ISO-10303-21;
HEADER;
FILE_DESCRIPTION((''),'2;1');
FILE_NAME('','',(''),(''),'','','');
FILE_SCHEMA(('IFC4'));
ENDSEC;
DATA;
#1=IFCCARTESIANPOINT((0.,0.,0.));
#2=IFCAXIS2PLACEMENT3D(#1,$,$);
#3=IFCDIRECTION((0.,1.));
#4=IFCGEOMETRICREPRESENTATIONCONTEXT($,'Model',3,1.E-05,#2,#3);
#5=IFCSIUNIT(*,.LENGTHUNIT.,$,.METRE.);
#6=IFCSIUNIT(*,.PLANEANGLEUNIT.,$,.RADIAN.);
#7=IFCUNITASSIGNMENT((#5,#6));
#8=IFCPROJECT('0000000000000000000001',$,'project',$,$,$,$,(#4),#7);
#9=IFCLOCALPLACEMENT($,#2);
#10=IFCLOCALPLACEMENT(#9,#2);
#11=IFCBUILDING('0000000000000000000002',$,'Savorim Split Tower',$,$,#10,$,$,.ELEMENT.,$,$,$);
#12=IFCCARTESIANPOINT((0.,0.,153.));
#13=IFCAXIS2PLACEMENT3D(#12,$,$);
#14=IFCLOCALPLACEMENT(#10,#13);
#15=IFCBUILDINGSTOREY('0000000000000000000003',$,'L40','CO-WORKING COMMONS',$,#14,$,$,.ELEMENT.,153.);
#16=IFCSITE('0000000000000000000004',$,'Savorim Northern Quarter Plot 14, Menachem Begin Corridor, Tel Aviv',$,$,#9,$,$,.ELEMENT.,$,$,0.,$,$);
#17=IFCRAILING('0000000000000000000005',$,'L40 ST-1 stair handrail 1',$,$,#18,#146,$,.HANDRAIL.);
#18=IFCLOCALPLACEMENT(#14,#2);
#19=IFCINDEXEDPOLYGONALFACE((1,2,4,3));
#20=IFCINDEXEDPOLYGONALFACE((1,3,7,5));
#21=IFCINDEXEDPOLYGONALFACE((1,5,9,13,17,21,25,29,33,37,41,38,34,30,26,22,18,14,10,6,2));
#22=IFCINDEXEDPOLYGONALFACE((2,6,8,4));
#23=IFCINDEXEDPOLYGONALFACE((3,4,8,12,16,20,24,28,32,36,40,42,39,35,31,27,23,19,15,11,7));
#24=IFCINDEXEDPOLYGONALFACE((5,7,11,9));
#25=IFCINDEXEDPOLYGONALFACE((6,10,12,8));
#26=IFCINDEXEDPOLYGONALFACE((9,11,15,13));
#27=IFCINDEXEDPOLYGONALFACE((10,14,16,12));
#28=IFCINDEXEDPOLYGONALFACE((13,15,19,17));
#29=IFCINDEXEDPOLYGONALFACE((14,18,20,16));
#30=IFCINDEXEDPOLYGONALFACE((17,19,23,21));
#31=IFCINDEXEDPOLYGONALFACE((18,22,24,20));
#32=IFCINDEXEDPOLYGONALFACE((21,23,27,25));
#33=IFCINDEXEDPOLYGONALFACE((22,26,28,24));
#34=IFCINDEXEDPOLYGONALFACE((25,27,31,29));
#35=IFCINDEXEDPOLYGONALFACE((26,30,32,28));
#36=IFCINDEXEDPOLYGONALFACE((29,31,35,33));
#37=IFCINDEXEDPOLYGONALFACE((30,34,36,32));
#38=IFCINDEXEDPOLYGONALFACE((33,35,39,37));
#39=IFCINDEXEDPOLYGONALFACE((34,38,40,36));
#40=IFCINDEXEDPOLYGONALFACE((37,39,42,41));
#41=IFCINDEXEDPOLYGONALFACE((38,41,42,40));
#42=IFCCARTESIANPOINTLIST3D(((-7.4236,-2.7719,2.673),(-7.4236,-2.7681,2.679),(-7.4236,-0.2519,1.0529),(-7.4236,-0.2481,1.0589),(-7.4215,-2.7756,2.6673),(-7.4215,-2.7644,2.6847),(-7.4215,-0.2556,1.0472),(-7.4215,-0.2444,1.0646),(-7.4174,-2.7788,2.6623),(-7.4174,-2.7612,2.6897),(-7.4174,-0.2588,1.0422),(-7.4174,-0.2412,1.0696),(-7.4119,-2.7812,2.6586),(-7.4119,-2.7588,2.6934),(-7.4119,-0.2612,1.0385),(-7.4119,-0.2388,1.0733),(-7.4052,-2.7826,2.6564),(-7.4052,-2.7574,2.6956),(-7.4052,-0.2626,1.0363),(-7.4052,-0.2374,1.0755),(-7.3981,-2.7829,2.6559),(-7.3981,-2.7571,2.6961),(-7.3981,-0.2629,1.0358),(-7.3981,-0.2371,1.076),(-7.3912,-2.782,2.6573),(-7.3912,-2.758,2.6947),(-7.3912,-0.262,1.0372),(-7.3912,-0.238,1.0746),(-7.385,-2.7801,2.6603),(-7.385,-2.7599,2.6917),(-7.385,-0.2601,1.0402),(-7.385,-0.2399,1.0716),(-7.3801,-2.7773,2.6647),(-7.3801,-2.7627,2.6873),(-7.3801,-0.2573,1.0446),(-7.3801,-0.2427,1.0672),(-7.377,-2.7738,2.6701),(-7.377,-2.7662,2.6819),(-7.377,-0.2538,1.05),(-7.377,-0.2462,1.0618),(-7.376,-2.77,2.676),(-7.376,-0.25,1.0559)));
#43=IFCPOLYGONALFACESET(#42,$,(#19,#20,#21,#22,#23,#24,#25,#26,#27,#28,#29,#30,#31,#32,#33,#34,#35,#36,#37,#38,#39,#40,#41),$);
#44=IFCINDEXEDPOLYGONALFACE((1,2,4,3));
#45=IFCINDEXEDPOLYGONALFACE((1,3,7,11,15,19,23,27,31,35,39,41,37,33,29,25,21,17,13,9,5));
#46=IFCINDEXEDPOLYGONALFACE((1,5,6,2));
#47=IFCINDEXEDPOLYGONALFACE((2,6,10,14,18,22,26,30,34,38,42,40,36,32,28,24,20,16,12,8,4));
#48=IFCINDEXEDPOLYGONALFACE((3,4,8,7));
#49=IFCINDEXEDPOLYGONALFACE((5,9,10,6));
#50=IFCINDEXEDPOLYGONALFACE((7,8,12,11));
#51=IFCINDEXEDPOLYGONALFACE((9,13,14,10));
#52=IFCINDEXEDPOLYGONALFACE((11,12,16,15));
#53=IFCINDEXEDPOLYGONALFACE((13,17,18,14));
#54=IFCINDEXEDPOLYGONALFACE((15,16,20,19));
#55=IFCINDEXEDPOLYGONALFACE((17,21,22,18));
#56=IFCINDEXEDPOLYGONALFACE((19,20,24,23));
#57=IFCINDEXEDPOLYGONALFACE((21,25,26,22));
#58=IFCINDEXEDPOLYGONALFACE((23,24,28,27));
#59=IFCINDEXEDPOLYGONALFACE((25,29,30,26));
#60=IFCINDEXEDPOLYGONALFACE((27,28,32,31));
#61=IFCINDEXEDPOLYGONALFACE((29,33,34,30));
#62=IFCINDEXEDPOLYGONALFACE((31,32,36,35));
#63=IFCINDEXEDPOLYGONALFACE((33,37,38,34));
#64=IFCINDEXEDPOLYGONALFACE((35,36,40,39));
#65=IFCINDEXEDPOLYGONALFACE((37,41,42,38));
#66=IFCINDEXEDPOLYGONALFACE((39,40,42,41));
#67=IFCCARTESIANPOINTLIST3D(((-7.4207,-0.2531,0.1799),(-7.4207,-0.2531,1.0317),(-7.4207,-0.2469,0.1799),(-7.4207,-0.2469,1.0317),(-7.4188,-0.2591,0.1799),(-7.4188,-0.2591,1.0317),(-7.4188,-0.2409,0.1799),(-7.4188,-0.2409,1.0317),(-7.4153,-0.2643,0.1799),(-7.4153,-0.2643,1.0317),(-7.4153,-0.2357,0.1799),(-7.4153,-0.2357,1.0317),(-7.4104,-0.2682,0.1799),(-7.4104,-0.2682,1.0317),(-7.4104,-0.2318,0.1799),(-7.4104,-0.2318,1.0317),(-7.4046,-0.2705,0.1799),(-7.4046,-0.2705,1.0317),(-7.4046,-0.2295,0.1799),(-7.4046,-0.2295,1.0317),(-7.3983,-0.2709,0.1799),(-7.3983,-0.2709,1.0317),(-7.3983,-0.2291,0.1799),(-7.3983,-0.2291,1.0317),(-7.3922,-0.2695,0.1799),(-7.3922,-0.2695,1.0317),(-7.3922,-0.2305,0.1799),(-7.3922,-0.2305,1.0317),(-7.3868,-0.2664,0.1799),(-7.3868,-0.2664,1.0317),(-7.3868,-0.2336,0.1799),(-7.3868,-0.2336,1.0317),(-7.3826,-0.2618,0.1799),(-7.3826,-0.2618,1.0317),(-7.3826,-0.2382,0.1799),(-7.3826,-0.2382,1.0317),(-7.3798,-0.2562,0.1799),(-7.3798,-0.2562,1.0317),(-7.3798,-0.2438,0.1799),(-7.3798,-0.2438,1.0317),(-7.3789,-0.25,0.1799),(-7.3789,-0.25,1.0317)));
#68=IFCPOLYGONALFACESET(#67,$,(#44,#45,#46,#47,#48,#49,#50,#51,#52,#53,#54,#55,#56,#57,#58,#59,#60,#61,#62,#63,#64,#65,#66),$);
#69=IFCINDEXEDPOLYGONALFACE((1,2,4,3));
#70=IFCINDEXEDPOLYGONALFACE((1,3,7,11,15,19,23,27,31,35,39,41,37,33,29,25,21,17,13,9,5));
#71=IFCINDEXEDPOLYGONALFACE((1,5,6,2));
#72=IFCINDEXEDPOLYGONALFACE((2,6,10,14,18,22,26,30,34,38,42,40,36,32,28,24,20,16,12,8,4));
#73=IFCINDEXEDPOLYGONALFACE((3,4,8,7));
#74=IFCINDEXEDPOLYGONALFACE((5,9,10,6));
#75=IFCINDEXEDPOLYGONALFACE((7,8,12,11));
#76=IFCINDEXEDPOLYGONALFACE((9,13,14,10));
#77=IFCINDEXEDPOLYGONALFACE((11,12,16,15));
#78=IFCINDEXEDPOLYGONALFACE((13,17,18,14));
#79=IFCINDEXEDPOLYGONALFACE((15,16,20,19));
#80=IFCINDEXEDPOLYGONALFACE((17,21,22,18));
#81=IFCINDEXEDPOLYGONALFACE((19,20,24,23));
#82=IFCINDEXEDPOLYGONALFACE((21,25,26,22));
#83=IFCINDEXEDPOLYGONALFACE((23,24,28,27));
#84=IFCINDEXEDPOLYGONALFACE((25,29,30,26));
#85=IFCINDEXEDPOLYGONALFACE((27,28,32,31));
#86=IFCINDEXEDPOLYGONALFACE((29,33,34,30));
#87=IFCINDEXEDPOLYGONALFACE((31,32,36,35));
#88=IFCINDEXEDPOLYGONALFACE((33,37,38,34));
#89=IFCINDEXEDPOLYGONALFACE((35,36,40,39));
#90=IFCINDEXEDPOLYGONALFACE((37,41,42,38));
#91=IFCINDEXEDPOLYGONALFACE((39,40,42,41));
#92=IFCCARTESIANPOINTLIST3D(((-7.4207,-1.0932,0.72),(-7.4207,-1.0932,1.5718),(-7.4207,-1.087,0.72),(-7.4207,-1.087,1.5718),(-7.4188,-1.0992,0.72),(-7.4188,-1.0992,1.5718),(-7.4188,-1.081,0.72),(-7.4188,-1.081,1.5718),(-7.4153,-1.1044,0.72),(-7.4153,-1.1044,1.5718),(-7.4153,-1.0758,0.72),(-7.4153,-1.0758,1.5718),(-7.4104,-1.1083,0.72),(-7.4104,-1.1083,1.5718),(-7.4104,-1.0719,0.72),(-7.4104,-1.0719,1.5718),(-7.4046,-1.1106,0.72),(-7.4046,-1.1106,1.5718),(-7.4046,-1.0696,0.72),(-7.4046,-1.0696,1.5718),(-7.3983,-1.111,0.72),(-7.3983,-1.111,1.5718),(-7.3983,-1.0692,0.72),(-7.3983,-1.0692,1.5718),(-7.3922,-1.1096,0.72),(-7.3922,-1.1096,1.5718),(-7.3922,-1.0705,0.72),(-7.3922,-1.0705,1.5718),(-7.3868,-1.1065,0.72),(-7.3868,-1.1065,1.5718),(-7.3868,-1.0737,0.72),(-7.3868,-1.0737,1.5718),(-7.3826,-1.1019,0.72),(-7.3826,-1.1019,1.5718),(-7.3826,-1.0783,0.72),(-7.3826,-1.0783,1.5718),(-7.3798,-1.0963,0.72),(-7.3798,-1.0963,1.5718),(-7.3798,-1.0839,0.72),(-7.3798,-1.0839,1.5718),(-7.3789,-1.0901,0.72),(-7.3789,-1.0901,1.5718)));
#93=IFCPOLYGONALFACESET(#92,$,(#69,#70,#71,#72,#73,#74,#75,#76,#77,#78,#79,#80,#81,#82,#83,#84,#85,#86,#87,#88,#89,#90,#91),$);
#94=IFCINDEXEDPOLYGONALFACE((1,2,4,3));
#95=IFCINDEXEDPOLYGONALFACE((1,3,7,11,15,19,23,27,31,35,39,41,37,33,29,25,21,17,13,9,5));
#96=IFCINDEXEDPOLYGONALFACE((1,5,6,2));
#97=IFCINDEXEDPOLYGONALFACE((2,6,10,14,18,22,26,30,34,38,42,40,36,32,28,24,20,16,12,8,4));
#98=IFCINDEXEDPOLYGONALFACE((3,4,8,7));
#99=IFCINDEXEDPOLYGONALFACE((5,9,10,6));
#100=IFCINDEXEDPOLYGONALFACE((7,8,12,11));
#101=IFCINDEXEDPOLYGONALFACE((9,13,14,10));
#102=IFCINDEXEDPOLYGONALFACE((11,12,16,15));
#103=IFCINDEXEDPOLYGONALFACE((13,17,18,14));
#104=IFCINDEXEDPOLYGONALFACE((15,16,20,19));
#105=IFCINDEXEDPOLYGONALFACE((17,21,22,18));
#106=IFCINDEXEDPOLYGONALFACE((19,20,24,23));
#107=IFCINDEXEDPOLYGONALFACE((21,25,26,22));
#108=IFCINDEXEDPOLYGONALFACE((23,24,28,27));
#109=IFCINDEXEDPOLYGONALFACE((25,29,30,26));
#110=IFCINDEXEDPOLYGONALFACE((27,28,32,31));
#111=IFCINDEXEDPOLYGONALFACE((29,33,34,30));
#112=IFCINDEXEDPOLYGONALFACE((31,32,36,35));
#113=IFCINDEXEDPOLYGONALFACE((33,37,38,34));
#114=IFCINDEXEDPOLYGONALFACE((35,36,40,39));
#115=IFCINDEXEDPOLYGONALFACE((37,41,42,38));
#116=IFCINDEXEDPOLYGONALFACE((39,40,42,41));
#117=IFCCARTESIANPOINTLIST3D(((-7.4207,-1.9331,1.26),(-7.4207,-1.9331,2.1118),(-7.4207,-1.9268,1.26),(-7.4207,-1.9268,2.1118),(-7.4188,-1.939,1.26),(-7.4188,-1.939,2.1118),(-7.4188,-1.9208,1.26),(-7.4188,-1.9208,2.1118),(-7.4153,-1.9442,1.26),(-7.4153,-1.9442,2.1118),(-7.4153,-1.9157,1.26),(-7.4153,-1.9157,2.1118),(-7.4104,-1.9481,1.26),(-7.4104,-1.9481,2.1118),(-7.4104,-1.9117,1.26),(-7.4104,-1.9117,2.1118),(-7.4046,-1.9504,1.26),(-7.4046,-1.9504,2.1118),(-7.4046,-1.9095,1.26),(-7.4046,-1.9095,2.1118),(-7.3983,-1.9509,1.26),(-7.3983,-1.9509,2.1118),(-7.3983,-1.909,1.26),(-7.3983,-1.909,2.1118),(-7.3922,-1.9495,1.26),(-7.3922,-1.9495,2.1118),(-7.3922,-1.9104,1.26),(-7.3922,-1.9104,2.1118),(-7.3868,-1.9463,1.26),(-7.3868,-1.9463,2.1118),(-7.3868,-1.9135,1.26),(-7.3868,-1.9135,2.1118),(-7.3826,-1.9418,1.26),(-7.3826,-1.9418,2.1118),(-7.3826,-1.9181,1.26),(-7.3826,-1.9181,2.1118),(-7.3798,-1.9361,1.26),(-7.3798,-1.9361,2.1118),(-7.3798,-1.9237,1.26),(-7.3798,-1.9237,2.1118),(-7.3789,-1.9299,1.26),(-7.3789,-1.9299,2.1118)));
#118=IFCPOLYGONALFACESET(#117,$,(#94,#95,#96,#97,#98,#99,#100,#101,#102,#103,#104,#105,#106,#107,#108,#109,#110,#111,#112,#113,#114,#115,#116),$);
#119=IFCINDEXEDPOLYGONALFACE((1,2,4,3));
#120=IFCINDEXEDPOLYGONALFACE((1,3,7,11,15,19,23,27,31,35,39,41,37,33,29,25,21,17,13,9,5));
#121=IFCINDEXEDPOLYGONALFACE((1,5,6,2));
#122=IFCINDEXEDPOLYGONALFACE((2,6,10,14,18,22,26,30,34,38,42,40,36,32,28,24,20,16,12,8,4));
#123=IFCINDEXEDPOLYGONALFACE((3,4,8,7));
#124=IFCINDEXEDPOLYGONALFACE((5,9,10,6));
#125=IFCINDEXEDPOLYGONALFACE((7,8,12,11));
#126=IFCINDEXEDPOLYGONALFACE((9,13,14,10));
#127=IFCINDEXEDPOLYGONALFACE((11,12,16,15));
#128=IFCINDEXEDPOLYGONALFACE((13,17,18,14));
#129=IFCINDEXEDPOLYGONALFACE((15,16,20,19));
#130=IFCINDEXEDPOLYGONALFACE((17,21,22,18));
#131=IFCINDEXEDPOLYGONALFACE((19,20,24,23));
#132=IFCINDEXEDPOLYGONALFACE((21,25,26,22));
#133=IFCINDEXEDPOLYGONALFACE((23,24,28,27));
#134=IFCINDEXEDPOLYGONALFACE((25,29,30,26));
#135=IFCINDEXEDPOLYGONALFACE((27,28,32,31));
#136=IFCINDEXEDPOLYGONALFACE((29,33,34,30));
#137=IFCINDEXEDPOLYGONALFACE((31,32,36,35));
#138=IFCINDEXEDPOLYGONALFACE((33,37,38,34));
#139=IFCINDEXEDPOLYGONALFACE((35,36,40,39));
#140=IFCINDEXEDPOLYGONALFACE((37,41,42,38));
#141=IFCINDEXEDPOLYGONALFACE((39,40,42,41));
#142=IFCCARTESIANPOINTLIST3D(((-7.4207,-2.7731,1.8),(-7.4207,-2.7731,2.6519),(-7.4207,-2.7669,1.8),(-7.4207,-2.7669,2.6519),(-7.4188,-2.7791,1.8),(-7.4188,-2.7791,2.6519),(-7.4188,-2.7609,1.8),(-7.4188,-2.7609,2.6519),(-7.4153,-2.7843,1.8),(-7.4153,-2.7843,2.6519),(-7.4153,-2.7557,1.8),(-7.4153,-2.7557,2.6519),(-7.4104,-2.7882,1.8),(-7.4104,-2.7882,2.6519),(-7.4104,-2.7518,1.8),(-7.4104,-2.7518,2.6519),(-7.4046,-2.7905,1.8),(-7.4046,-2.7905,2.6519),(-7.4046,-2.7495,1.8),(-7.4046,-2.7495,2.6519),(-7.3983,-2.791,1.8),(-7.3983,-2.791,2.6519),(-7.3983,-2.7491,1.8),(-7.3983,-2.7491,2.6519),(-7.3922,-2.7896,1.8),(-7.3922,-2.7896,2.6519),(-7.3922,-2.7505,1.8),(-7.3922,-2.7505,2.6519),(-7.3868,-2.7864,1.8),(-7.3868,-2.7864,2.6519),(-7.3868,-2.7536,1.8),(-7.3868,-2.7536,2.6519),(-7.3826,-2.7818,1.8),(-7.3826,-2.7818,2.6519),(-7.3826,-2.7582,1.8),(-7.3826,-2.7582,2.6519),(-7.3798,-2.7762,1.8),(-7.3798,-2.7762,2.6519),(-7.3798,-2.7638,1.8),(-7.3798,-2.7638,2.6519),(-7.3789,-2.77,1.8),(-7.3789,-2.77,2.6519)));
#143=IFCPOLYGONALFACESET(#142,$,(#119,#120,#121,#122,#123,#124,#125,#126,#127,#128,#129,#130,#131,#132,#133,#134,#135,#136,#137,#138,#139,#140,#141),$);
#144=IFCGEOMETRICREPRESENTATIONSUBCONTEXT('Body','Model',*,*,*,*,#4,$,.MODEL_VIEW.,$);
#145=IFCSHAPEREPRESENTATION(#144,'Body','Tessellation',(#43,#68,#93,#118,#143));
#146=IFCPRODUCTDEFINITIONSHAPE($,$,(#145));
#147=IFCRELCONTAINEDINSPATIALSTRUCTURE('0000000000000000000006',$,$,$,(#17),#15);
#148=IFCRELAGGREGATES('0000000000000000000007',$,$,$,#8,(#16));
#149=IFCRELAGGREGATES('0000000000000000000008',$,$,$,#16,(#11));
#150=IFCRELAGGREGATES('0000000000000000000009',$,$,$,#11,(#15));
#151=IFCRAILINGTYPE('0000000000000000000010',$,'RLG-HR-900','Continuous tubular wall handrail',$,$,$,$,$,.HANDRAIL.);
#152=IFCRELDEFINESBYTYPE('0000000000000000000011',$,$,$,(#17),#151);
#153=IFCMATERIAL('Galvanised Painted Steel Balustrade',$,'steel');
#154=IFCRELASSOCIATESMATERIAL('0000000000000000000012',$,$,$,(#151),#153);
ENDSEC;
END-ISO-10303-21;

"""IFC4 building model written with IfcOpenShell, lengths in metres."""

from ifc_helpers import new_model, si_unit, direction, frame, origin, origin_2d, place, context, subcontext, project, spatial, circle, extrude, material, type_object, element, save


model = new_model("IFC4")

# Units and contexts
model_context = context("Model", 3, precision=1e-05, world=origin(), true_north=direction((0.0, 1.0)))
body_context = subcontext(model_context, "Body", "Model", "MODEL_VIEW")
ifc_project = project(units=[si_unit("LENGTHUNIT", "METRE"), si_unit("PLANEANGLEUNIT", "RADIAN")], contexts=[model_context])

# Site, building, storey
site_placement = place(None, origin())
site = spatial("IfcSite", under=ifc_project, at=site_placement, Name="Savorim Northern Quarter Plot 14, Menachem Begin Corridor, Tel Aviv", CompositionType="ELEMENT", RefElevation=0.0)
building_placement = place(site_placement, origin())
building = spatial("IfcBuilding", under=site, at=building_placement, Name="Savorim Split Tower", CompositionType="ELEMENT")
storey_placement = place(building_placement, frame((0.0, 0.0, 153.0)))
storey = spatial("IfcBuildingStorey", under=building, at=storey_placement, Name="L40", Description="CO-WORKING COMMONS", CompositionType="ELEMENT", Elevation=153.0)

# Railing
ifc_material_1 = material(Name="Galvanised Painted Steel Balustrade", Category="steel")
railing_type_1 = type_object("IfcRailingType", Name="RLG-HR-900", Description="Continuous tubular wall handrail", PredefinedType="HANDRAIL", material=ifc_material_1)
railing_1_placement = place(storey_placement, frame((-7.3999, -0.25, 0.1799)))
element("IfcRailing", 1, at=railing_1_placement, inside=storey, type_object=railing_type_1, Name="L40 ST-1 stair handrail 1", PredefinedType="HANDRAIL", context=body_context, shape_type="SweptSolid", body=[
    extrude(circle(Radius=0.0239, at=origin_2d()), frame((0.0, 0.0, 0.876), z_axis=(0.0, -0.841163, 0.540782), x_axis=(1.0, 0.0, 0.0)), (0.0, 0.0, 1.0), 2.9958),
    extrude(circle(Radius=0.021, at=origin_2d()), origin(), (0.0, 0.0, 1.0), 0.8518),
    extrude(circle(Radius=0.021, at=origin_2d()), frame((0.0, -0.8401, 0.54)), (0.0, 0.0, 1.0), 0.8518),
    extrude(circle(Radius=0.021, at=origin_2d()), frame((0.0, -1.6799, 1.0801)), (0.0, 0.0, 1.0), 0.8518),
    extrude(circle(Radius=0.021, at=origin_2d()), frame((0.0, -2.52, 1.6201)), (0.0, 0.0, 1.0), 0.8518),
])

save(model, "model.ifc")
